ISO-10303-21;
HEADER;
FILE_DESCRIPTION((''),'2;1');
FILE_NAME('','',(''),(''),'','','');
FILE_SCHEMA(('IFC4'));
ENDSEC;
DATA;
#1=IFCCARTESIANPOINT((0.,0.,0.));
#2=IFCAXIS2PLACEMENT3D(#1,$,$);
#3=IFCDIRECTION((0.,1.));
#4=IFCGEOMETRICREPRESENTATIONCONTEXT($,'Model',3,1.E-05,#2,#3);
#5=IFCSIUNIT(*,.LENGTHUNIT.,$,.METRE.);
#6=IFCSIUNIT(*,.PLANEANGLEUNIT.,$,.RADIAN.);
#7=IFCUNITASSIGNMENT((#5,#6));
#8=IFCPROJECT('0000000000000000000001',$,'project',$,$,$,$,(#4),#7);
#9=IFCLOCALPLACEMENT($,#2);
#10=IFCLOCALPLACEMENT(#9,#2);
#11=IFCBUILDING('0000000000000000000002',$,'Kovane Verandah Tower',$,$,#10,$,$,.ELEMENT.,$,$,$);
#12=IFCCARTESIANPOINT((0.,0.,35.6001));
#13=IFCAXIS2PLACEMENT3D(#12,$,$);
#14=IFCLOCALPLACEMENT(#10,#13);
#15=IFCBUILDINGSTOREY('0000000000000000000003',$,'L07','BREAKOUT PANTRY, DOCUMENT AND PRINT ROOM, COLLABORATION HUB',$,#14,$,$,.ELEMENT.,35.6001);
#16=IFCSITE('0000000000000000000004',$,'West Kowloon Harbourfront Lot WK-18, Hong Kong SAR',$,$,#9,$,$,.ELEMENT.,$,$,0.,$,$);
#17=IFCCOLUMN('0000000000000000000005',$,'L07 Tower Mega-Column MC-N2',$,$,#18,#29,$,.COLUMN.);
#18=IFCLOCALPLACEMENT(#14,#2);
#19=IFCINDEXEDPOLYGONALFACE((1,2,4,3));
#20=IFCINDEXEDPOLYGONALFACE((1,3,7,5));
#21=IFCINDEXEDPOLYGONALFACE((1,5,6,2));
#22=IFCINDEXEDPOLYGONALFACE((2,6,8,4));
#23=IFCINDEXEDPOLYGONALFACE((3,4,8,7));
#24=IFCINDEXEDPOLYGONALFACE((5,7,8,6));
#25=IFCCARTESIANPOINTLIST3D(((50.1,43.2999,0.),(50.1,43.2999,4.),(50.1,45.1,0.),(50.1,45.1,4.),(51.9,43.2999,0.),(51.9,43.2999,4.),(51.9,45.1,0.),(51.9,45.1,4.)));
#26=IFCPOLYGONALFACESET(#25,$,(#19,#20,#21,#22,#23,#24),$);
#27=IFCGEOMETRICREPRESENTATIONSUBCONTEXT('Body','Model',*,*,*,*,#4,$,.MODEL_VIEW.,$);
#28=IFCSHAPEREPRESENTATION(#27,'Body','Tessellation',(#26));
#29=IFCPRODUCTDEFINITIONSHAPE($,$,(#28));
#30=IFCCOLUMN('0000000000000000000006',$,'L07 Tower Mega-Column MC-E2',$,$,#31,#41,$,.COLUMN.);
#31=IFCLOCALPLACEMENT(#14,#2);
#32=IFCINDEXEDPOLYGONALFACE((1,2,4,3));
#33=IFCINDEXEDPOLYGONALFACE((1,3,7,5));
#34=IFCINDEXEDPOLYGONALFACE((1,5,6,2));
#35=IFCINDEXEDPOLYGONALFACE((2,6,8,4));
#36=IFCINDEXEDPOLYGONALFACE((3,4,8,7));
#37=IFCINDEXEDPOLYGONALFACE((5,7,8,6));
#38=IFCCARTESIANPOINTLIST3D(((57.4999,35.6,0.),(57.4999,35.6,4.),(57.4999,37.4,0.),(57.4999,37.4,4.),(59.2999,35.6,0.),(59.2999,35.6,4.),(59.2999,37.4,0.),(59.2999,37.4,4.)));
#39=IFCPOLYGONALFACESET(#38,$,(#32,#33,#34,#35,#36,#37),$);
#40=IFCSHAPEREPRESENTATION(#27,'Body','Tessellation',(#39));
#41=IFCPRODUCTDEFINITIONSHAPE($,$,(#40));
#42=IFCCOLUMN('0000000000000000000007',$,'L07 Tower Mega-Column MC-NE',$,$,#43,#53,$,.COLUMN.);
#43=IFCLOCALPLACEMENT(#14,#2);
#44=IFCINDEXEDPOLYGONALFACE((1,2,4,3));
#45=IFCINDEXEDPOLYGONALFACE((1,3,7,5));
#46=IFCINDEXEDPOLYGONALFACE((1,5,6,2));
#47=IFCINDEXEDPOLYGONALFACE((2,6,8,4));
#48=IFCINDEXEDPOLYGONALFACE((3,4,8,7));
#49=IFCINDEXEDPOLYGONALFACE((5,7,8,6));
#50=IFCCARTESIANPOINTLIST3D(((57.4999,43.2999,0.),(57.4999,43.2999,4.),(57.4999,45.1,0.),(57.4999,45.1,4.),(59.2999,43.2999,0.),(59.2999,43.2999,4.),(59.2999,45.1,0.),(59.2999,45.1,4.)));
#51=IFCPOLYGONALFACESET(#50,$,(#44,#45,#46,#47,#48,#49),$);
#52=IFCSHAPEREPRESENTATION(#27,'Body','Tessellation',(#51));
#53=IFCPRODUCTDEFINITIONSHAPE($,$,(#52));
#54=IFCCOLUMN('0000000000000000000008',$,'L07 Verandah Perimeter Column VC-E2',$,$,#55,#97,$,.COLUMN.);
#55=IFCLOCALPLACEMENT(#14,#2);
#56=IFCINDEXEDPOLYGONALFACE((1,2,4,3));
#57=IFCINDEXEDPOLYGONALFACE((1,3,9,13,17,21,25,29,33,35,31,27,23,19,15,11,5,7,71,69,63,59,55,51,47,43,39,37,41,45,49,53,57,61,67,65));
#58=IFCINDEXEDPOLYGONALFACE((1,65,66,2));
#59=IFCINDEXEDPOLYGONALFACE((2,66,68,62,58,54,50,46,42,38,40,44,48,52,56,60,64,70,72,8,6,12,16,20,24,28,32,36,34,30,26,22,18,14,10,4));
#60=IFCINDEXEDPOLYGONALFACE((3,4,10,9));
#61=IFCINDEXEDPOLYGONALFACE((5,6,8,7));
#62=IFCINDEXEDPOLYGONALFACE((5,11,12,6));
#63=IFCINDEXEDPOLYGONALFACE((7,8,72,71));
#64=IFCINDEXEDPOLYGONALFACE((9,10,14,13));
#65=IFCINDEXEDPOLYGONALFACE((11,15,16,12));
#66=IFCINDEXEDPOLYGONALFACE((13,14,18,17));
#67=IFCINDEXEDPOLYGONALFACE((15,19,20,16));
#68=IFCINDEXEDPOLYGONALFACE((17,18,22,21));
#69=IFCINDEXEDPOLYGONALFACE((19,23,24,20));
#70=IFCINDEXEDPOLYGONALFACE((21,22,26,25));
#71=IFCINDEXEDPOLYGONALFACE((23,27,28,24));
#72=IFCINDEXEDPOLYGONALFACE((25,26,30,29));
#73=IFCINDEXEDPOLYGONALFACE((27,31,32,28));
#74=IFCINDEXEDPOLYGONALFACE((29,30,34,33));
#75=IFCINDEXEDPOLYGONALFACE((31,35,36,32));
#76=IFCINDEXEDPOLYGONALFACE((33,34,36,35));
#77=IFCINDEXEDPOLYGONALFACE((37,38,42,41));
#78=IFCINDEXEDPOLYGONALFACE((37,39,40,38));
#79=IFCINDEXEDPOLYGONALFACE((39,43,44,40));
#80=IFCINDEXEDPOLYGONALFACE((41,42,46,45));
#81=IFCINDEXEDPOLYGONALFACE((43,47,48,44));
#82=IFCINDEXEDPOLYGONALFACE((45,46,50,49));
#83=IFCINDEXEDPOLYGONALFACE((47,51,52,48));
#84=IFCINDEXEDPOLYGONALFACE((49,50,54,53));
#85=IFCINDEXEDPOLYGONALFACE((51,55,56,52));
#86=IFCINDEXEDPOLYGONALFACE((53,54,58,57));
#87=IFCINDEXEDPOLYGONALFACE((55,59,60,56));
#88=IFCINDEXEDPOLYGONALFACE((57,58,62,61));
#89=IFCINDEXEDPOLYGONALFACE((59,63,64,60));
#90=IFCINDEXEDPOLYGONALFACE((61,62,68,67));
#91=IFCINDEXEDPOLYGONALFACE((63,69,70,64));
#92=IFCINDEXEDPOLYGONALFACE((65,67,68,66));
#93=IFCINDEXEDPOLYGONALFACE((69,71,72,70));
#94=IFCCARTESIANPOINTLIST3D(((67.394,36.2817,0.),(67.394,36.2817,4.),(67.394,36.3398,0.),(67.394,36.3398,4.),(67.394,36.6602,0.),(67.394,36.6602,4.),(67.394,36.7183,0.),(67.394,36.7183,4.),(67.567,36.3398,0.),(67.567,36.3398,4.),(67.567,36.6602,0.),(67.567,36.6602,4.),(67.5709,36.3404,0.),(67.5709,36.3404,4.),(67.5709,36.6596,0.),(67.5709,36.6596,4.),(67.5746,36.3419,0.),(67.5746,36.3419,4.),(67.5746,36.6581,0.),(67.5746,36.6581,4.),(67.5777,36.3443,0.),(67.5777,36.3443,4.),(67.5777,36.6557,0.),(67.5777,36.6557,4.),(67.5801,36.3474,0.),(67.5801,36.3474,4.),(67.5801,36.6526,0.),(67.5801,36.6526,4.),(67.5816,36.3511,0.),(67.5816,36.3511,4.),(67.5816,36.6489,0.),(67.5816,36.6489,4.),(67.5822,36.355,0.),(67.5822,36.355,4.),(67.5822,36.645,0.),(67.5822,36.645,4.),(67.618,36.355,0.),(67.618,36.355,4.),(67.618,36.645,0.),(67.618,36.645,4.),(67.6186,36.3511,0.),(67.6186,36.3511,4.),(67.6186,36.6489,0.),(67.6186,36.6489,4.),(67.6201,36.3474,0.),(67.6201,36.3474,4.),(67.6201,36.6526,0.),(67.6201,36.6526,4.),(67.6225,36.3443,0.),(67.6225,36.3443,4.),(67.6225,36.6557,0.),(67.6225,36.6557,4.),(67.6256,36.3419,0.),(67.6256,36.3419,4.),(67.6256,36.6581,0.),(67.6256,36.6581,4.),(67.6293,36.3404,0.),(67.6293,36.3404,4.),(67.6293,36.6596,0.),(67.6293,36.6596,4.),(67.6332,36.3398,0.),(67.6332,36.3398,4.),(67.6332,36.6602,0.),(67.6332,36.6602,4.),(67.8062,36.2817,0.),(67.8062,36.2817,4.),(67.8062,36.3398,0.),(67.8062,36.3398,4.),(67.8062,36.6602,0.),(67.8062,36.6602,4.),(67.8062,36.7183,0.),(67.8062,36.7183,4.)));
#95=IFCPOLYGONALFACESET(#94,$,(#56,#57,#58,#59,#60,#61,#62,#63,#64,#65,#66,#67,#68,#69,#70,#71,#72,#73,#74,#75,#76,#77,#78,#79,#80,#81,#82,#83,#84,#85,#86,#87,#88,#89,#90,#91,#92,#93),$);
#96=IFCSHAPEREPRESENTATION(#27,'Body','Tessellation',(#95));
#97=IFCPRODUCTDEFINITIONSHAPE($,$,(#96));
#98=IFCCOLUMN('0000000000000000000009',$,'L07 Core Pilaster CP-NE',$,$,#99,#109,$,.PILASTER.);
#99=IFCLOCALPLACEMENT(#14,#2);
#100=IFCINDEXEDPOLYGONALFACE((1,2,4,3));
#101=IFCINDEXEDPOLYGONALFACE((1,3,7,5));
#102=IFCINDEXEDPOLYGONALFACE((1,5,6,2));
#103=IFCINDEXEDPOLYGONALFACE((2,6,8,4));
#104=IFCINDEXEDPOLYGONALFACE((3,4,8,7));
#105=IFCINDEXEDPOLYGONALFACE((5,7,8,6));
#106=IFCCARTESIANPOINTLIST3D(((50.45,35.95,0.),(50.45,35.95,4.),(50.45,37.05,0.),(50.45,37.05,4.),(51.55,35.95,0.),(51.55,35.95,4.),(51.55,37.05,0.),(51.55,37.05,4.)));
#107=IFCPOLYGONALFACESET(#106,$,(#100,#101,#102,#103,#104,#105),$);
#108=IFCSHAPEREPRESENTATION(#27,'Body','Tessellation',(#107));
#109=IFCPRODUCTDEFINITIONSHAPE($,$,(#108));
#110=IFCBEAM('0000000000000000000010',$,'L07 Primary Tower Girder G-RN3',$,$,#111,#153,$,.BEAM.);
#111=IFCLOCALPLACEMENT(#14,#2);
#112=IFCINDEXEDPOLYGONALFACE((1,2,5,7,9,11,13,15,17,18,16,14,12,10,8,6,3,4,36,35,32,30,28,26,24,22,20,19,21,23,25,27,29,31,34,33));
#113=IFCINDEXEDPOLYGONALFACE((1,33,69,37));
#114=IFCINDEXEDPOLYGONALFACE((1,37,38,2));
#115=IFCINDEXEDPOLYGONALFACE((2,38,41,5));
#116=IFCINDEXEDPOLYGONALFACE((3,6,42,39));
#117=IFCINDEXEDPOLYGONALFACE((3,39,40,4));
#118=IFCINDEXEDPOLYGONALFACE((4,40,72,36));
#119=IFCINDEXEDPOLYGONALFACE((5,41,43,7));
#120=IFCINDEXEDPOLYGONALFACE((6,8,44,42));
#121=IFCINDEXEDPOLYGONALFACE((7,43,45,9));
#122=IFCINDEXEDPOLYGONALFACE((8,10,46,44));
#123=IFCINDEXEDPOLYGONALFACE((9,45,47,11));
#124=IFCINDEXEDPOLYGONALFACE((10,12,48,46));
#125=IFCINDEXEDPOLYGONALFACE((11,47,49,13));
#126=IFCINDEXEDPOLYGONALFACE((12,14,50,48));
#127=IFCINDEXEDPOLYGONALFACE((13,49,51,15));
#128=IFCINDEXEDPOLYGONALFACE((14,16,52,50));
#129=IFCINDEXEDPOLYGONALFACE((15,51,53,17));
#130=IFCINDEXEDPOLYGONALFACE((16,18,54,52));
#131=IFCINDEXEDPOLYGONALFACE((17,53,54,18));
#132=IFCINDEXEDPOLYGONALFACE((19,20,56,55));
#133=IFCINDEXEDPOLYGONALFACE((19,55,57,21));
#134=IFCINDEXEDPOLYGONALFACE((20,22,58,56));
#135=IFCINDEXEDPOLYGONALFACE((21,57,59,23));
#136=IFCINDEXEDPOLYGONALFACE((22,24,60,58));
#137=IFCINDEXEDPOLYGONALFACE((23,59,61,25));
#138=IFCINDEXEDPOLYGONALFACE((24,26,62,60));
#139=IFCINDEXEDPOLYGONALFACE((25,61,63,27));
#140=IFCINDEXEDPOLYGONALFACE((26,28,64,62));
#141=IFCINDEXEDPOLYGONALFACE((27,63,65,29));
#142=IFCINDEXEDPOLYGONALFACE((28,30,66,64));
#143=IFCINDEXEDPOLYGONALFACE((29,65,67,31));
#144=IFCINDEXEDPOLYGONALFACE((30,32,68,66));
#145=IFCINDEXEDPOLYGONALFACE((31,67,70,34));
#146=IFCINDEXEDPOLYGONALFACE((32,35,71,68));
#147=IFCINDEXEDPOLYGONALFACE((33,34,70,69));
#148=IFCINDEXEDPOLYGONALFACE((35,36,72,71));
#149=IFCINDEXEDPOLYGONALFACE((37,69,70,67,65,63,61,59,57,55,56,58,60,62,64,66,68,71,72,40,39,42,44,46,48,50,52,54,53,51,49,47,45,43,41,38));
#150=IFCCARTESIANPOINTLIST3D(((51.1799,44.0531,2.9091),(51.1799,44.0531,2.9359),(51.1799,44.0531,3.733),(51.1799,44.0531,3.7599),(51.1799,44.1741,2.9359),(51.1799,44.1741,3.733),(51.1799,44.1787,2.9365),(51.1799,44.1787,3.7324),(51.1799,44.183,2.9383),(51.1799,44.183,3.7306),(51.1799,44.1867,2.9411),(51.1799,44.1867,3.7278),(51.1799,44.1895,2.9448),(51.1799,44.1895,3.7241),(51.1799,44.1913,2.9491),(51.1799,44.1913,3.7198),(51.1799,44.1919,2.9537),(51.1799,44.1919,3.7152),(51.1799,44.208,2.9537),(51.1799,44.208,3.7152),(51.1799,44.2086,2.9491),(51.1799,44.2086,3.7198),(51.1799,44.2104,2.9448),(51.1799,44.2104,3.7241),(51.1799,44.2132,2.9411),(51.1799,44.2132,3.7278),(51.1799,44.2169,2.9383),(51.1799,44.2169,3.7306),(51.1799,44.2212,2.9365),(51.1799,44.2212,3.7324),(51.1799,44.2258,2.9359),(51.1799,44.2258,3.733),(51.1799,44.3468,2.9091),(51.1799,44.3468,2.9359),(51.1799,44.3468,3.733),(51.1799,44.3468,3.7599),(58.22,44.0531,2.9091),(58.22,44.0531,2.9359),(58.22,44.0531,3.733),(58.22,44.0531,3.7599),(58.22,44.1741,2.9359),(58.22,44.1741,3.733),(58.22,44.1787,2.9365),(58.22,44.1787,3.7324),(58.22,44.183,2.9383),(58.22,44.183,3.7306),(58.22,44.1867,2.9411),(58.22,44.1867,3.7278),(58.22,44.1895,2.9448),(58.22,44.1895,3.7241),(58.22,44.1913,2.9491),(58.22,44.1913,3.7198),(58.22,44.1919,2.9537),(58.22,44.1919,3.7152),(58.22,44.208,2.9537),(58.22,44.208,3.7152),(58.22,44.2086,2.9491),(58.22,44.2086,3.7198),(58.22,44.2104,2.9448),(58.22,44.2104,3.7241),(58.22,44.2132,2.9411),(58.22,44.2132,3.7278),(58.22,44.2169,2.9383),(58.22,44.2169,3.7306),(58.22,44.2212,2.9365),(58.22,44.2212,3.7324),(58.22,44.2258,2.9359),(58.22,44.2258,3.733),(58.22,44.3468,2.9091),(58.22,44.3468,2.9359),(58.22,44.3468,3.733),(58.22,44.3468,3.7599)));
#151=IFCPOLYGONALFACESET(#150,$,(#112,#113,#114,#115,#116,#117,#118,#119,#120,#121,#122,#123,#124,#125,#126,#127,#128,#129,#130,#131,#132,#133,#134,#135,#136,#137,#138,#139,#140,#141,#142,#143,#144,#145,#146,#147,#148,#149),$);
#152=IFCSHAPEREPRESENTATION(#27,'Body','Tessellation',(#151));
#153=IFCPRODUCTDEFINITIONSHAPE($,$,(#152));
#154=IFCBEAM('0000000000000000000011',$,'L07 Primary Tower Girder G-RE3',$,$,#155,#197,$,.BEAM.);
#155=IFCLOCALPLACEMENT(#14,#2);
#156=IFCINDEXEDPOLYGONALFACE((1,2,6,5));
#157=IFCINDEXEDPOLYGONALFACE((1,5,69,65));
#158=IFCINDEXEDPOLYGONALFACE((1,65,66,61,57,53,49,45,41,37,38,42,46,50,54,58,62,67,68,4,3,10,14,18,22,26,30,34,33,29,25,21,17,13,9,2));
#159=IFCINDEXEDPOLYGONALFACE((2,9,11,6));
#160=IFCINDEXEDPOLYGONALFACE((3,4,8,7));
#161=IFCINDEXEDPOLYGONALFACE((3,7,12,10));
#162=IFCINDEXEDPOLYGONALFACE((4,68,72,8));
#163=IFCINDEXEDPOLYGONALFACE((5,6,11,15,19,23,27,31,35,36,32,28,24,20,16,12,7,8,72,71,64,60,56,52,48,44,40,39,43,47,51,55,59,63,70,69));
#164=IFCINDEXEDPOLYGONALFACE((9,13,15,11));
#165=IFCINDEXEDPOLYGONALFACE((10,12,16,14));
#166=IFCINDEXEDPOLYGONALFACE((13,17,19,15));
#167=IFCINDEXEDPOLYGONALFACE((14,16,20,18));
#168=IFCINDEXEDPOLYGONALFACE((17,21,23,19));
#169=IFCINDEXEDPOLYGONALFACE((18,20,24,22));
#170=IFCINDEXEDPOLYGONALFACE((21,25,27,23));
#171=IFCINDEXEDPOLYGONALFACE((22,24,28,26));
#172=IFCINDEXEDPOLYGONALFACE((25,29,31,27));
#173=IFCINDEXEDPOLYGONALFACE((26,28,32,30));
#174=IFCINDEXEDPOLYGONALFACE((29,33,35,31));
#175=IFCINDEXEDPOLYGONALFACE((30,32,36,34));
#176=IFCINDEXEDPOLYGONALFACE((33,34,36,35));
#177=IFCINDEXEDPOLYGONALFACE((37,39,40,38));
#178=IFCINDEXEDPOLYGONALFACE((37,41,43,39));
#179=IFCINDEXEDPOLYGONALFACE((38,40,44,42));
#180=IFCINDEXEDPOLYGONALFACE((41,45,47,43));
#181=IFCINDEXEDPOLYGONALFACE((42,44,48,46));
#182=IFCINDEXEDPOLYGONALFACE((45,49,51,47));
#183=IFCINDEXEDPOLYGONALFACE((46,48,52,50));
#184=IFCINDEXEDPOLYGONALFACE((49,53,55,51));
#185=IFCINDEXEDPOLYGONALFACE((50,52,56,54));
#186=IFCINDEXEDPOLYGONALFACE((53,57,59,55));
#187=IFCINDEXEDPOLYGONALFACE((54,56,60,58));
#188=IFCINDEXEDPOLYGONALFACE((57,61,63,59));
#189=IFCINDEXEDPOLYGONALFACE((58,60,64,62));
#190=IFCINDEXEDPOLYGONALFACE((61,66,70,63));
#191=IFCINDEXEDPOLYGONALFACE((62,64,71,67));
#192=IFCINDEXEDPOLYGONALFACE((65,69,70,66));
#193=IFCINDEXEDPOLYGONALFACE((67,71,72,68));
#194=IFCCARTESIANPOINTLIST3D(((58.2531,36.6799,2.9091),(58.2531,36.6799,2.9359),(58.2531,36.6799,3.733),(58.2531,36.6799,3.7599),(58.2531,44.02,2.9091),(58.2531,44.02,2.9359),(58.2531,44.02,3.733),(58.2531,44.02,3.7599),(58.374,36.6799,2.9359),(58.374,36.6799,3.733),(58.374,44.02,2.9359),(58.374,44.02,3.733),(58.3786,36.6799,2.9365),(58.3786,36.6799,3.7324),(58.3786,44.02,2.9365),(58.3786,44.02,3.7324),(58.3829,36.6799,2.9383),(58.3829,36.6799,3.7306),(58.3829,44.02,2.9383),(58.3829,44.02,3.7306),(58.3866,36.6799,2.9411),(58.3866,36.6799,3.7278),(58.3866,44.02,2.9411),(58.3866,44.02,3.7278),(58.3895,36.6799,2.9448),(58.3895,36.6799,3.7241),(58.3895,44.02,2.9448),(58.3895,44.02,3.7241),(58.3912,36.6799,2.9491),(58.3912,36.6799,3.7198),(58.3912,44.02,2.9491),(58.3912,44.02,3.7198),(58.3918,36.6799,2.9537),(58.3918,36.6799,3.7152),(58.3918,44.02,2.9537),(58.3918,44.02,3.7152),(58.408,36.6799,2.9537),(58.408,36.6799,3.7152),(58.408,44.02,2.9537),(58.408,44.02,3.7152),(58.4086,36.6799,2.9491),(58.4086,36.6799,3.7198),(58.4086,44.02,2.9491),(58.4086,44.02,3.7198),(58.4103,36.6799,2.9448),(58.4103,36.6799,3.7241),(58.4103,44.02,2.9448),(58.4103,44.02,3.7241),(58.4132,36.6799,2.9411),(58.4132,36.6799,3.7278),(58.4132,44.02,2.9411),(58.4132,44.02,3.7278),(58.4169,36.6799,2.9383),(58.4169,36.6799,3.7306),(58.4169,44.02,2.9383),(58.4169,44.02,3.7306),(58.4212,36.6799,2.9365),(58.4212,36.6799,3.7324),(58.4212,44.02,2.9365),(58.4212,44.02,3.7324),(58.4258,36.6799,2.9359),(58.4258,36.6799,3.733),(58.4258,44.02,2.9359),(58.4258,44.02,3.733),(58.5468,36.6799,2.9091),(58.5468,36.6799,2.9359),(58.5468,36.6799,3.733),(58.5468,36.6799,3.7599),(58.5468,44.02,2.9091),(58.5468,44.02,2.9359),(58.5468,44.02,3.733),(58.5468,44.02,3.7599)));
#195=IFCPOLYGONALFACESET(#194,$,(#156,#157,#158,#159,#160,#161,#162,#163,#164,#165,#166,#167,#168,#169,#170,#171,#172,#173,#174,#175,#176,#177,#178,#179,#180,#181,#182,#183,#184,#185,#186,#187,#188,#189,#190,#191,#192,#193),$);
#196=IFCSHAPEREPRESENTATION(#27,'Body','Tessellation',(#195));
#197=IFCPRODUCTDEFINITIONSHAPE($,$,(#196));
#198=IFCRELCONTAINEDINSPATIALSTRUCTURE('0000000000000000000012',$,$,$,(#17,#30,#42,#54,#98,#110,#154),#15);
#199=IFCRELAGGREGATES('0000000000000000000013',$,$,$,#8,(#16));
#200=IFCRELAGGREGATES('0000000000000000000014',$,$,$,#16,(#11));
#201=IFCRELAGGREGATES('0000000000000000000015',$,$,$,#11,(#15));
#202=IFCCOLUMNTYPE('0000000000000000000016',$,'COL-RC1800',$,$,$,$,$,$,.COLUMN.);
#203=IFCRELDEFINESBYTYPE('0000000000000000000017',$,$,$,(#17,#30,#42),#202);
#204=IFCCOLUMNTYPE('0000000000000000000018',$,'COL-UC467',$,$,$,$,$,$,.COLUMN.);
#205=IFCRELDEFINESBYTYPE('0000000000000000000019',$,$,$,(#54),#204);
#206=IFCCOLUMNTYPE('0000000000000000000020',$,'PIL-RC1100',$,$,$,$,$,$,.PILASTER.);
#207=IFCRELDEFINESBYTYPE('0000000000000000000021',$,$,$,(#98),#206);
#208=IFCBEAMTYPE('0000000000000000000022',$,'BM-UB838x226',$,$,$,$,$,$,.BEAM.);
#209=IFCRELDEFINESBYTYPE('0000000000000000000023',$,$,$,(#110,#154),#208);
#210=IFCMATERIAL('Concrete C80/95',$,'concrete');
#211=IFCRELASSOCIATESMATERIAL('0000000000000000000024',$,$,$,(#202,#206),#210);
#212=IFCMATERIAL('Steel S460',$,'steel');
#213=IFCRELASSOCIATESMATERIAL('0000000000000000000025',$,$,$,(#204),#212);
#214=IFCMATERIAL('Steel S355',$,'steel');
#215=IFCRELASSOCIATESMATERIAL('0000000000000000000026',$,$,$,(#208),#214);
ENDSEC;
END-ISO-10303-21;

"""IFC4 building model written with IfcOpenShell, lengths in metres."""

from ifc_helpers import new_model, si_unit, direction, frame, origin, origin_2d, place, context, subcontext, project, spatial, rectangle, i_section, extrude, material, material_profile, profile_set, type_object, element, save


model = new_model("IFC4")

# Units and contexts
model_context = context("Model", 3, precision=1e-05, world=origin(), true_north=direction((0.0, 1.0)))
body_context = subcontext(model_context, "Body", "Model", "MODEL_VIEW")
ifc_project = project(units=[si_unit("LENGTHUNIT", "METRE"), si_unit("PLANEANGLEUNIT", "RADIAN")], contexts=[model_context])

# Site, building, storey
site_placement = place(None, origin())
site = spatial("IfcSite", under=ifc_project, at=site_placement, Name="West Kowloon Harbourfront Lot WK-18, Hong Kong SAR", CompositionType="ELEMENT", RefElevation=0.0)
building_placement = place(site_placement, origin())
building = spatial("IfcBuilding", under=site, at=building_placement, Name="Kovane Verandah Tower", CompositionType="ELEMENT")
storey_placement = place(building_placement, frame((0.0, 0.0, 35.6001)))
storey = spatial("IfcBuildingStorey", under=building, at=storey_placement, Name="L07", Description="BREAKOUT PANTRY, DOCUMENT AND PRINT ROOM, COLLABORATION HUB", CompositionType="ELEMENT", Elevation=35.6001)

# Columns
ifc_material_1 = material(Name="Concrete C80/95", Category="concrete")
ifc_material_profile_1 = material_profile(ifc_material_1, rectangle(XDim=1.8, YDim=1.8, at=origin_2d()), Name="RC1800x1800")
ifc_profile_set_1 = profile_set([ifc_material_profile_1], Name="Concrete C80/95")
column_type_1 = type_object("IfcColumnType", Name="COL-RC1800", PredefinedType="COLUMN", material=ifc_profile_set_1)
for number, where, z_axis, x_axis, name in (
    (1, (51.0, 44.2, 0.0), (0.0, 0.0, 1.0), (1.0, 0.0, 0.0), "L07 Tower Mega-Column MC-N2"),
    (2, (58.3999, 36.5, 0.0), (0.0, 0.0, 1.0), (1.0, 0.0, 0.0), "L07 Tower Mega-Column MC-E2"),
    (3, (58.3999, 44.2, 0.0), (0.0, 0.0, 1.0), (1.0, 0.0, 0.0), "L07 Tower Mega-Column MC-NE"),
):
    element("IfcColumn", number, at=place(storey_placement, frame(where, z_axis=z_axis, x_axis=x_axis)), inside=storey, type_object=column_type_1, Name=name, PredefinedType="COLUMN", context=body_context, shape_type="SweptSolid", body=[
        extrude(rectangle(XDim=1.8, YDim=1.8, at=origin_2d()), origin(), (0.0, 0.0, 1.0), 4.0),
    ])
ifc_material_2 = material(Name="Steel S460", Category="steel")
ifc_material_profile_2 = material_profile(ifc_material_2, i_section(OverallWidth=0.4121, OverallDepth=0.4365, WebThickness=0.0359, FlangeThickness=0.0581, FilletRadius=0.0151, at=origin_2d()), Name="UC356x406x467")
ifc_profile_set_2 = profile_set([ifc_material_profile_2], Name="Steel S460")
column_type_2 = type_object("IfcColumnType", Name="COL-UC467", PredefinedType="COLUMN", material=ifc_profile_set_2)
column_1_placement = place(storey_placement, frame((67.6001, 36.5, 0.0), z_axis=(0.0, 0.0, 1.0), x_axis=(1.0, 0.0, 0.0)))
element("IfcColumn", 4, at=column_1_placement, inside=storey, type_object=column_type_2, Name="L07 Verandah Perimeter Column VC-E2", PredefinedType="COLUMN", context=body_context, shape_type="SweptSolid", body=[
    extrude(i_section(OverallWidth=0.4121, OverallDepth=0.4365, WebThickness=0.0359, FlangeThickness=0.0581, FilletRadius=0.0151, at=origin_2d()), origin(), (0.0, 0.0, 1.0), 4.0),
])
ifc_material_profile_3 = material_profile(ifc_material_1, rectangle(XDim=1.1001, YDim=1.1001, at=origin_2d()), Name="RC1100x1100")
ifc_profile_set_3 = profile_set([ifc_material_profile_3], Name="Concrete C80/95")
column_type_3 = type_object("IfcColumnType", Name="PIL-RC1100", PredefinedType="PILASTER", material=ifc_profile_set_3)
column_2_placement = place(storey_placement, frame((51.0, 36.5, 0.0), z_axis=(0.0, 0.0, 1.0), x_axis=(1.0, 0.0, 0.0)))
element("IfcColumn", 5, at=column_2_placement, inside=storey, type_object=column_type_3, Name="L07 Core Pilaster CP-NE", PredefinedType="PILASTER", context=body_context, shape_type="SweptSolid", body=[
    extrude(rectangle(XDim=1.1001, YDim=1.1001, at=origin_2d()), origin(), (0.0, 0.0, 1.0), 4.0),
])

# Beams
ifc_material_3 = material(Name="Steel S355", Category="steel")
ifc_material_profile_4 = material_profile(ifc_material_3, i_section(OverallWidth=0.2937, OverallDepth=0.8508, WebThickness=0.0161, FlangeThickness=0.0269, FilletRadius=0.0178, at=origin_2d()), Name="UB838x292x226")
ifc_profile_set_4 = profile_set([ifc_material_profile_4], Name="Steel S355")
beam_type_1 = type_object("IfcBeamType", Name="BM-UB838x226", PredefinedType="BEAM", material=ifc_profile_set_4)
beam_1_placement = place(storey_placement, frame((51.1799, 44.2, 3.3345), z_axis=(1.0, 0.0, 0.0), x_axis=(0.0, 1.0, 0.0)))
element("IfcBeam", 6, at=beam_1_placement, inside=storey, type_object=beam_type_1, Name="L07 Primary Tower Girder G-RN3", PredefinedType="BEAM", context=body_context, shape_type="SweptSolid", body=[
    extrude(i_section(OverallWidth=0.2937, OverallDepth=0.8508, WebThickness=0.0161, FlangeThickness=0.0269, FilletRadius=0.0178, at=origin_2d()), origin(), (0.0, 0.0, 1.0), 7.04),
])
beam_2_placement = place(storey_placement, frame((58.3999, 36.6799, 3.3345), z_axis=(0.0, 1.0, 0.0), x_axis=(-1.0, 0.0, 0.0)))
element("IfcBeam", 7, at=beam_2_placement, inside=storey, type_object=beam_type_1, Name="L07 Primary Tower Girder G-RE3", PredefinedType="BEAM", context=body_context, shape_type="SweptSolid", body=[
    extrude(i_section(OverallWidth=0.2937, OverallDepth=0.8508, WebThickness=0.0161, FlangeThickness=0.0269, FilletRadius=0.0178, at=origin_2d()), origin(), (0.0, 0.0, 1.0), 7.3401),
])

save(model, "model.ifc")
